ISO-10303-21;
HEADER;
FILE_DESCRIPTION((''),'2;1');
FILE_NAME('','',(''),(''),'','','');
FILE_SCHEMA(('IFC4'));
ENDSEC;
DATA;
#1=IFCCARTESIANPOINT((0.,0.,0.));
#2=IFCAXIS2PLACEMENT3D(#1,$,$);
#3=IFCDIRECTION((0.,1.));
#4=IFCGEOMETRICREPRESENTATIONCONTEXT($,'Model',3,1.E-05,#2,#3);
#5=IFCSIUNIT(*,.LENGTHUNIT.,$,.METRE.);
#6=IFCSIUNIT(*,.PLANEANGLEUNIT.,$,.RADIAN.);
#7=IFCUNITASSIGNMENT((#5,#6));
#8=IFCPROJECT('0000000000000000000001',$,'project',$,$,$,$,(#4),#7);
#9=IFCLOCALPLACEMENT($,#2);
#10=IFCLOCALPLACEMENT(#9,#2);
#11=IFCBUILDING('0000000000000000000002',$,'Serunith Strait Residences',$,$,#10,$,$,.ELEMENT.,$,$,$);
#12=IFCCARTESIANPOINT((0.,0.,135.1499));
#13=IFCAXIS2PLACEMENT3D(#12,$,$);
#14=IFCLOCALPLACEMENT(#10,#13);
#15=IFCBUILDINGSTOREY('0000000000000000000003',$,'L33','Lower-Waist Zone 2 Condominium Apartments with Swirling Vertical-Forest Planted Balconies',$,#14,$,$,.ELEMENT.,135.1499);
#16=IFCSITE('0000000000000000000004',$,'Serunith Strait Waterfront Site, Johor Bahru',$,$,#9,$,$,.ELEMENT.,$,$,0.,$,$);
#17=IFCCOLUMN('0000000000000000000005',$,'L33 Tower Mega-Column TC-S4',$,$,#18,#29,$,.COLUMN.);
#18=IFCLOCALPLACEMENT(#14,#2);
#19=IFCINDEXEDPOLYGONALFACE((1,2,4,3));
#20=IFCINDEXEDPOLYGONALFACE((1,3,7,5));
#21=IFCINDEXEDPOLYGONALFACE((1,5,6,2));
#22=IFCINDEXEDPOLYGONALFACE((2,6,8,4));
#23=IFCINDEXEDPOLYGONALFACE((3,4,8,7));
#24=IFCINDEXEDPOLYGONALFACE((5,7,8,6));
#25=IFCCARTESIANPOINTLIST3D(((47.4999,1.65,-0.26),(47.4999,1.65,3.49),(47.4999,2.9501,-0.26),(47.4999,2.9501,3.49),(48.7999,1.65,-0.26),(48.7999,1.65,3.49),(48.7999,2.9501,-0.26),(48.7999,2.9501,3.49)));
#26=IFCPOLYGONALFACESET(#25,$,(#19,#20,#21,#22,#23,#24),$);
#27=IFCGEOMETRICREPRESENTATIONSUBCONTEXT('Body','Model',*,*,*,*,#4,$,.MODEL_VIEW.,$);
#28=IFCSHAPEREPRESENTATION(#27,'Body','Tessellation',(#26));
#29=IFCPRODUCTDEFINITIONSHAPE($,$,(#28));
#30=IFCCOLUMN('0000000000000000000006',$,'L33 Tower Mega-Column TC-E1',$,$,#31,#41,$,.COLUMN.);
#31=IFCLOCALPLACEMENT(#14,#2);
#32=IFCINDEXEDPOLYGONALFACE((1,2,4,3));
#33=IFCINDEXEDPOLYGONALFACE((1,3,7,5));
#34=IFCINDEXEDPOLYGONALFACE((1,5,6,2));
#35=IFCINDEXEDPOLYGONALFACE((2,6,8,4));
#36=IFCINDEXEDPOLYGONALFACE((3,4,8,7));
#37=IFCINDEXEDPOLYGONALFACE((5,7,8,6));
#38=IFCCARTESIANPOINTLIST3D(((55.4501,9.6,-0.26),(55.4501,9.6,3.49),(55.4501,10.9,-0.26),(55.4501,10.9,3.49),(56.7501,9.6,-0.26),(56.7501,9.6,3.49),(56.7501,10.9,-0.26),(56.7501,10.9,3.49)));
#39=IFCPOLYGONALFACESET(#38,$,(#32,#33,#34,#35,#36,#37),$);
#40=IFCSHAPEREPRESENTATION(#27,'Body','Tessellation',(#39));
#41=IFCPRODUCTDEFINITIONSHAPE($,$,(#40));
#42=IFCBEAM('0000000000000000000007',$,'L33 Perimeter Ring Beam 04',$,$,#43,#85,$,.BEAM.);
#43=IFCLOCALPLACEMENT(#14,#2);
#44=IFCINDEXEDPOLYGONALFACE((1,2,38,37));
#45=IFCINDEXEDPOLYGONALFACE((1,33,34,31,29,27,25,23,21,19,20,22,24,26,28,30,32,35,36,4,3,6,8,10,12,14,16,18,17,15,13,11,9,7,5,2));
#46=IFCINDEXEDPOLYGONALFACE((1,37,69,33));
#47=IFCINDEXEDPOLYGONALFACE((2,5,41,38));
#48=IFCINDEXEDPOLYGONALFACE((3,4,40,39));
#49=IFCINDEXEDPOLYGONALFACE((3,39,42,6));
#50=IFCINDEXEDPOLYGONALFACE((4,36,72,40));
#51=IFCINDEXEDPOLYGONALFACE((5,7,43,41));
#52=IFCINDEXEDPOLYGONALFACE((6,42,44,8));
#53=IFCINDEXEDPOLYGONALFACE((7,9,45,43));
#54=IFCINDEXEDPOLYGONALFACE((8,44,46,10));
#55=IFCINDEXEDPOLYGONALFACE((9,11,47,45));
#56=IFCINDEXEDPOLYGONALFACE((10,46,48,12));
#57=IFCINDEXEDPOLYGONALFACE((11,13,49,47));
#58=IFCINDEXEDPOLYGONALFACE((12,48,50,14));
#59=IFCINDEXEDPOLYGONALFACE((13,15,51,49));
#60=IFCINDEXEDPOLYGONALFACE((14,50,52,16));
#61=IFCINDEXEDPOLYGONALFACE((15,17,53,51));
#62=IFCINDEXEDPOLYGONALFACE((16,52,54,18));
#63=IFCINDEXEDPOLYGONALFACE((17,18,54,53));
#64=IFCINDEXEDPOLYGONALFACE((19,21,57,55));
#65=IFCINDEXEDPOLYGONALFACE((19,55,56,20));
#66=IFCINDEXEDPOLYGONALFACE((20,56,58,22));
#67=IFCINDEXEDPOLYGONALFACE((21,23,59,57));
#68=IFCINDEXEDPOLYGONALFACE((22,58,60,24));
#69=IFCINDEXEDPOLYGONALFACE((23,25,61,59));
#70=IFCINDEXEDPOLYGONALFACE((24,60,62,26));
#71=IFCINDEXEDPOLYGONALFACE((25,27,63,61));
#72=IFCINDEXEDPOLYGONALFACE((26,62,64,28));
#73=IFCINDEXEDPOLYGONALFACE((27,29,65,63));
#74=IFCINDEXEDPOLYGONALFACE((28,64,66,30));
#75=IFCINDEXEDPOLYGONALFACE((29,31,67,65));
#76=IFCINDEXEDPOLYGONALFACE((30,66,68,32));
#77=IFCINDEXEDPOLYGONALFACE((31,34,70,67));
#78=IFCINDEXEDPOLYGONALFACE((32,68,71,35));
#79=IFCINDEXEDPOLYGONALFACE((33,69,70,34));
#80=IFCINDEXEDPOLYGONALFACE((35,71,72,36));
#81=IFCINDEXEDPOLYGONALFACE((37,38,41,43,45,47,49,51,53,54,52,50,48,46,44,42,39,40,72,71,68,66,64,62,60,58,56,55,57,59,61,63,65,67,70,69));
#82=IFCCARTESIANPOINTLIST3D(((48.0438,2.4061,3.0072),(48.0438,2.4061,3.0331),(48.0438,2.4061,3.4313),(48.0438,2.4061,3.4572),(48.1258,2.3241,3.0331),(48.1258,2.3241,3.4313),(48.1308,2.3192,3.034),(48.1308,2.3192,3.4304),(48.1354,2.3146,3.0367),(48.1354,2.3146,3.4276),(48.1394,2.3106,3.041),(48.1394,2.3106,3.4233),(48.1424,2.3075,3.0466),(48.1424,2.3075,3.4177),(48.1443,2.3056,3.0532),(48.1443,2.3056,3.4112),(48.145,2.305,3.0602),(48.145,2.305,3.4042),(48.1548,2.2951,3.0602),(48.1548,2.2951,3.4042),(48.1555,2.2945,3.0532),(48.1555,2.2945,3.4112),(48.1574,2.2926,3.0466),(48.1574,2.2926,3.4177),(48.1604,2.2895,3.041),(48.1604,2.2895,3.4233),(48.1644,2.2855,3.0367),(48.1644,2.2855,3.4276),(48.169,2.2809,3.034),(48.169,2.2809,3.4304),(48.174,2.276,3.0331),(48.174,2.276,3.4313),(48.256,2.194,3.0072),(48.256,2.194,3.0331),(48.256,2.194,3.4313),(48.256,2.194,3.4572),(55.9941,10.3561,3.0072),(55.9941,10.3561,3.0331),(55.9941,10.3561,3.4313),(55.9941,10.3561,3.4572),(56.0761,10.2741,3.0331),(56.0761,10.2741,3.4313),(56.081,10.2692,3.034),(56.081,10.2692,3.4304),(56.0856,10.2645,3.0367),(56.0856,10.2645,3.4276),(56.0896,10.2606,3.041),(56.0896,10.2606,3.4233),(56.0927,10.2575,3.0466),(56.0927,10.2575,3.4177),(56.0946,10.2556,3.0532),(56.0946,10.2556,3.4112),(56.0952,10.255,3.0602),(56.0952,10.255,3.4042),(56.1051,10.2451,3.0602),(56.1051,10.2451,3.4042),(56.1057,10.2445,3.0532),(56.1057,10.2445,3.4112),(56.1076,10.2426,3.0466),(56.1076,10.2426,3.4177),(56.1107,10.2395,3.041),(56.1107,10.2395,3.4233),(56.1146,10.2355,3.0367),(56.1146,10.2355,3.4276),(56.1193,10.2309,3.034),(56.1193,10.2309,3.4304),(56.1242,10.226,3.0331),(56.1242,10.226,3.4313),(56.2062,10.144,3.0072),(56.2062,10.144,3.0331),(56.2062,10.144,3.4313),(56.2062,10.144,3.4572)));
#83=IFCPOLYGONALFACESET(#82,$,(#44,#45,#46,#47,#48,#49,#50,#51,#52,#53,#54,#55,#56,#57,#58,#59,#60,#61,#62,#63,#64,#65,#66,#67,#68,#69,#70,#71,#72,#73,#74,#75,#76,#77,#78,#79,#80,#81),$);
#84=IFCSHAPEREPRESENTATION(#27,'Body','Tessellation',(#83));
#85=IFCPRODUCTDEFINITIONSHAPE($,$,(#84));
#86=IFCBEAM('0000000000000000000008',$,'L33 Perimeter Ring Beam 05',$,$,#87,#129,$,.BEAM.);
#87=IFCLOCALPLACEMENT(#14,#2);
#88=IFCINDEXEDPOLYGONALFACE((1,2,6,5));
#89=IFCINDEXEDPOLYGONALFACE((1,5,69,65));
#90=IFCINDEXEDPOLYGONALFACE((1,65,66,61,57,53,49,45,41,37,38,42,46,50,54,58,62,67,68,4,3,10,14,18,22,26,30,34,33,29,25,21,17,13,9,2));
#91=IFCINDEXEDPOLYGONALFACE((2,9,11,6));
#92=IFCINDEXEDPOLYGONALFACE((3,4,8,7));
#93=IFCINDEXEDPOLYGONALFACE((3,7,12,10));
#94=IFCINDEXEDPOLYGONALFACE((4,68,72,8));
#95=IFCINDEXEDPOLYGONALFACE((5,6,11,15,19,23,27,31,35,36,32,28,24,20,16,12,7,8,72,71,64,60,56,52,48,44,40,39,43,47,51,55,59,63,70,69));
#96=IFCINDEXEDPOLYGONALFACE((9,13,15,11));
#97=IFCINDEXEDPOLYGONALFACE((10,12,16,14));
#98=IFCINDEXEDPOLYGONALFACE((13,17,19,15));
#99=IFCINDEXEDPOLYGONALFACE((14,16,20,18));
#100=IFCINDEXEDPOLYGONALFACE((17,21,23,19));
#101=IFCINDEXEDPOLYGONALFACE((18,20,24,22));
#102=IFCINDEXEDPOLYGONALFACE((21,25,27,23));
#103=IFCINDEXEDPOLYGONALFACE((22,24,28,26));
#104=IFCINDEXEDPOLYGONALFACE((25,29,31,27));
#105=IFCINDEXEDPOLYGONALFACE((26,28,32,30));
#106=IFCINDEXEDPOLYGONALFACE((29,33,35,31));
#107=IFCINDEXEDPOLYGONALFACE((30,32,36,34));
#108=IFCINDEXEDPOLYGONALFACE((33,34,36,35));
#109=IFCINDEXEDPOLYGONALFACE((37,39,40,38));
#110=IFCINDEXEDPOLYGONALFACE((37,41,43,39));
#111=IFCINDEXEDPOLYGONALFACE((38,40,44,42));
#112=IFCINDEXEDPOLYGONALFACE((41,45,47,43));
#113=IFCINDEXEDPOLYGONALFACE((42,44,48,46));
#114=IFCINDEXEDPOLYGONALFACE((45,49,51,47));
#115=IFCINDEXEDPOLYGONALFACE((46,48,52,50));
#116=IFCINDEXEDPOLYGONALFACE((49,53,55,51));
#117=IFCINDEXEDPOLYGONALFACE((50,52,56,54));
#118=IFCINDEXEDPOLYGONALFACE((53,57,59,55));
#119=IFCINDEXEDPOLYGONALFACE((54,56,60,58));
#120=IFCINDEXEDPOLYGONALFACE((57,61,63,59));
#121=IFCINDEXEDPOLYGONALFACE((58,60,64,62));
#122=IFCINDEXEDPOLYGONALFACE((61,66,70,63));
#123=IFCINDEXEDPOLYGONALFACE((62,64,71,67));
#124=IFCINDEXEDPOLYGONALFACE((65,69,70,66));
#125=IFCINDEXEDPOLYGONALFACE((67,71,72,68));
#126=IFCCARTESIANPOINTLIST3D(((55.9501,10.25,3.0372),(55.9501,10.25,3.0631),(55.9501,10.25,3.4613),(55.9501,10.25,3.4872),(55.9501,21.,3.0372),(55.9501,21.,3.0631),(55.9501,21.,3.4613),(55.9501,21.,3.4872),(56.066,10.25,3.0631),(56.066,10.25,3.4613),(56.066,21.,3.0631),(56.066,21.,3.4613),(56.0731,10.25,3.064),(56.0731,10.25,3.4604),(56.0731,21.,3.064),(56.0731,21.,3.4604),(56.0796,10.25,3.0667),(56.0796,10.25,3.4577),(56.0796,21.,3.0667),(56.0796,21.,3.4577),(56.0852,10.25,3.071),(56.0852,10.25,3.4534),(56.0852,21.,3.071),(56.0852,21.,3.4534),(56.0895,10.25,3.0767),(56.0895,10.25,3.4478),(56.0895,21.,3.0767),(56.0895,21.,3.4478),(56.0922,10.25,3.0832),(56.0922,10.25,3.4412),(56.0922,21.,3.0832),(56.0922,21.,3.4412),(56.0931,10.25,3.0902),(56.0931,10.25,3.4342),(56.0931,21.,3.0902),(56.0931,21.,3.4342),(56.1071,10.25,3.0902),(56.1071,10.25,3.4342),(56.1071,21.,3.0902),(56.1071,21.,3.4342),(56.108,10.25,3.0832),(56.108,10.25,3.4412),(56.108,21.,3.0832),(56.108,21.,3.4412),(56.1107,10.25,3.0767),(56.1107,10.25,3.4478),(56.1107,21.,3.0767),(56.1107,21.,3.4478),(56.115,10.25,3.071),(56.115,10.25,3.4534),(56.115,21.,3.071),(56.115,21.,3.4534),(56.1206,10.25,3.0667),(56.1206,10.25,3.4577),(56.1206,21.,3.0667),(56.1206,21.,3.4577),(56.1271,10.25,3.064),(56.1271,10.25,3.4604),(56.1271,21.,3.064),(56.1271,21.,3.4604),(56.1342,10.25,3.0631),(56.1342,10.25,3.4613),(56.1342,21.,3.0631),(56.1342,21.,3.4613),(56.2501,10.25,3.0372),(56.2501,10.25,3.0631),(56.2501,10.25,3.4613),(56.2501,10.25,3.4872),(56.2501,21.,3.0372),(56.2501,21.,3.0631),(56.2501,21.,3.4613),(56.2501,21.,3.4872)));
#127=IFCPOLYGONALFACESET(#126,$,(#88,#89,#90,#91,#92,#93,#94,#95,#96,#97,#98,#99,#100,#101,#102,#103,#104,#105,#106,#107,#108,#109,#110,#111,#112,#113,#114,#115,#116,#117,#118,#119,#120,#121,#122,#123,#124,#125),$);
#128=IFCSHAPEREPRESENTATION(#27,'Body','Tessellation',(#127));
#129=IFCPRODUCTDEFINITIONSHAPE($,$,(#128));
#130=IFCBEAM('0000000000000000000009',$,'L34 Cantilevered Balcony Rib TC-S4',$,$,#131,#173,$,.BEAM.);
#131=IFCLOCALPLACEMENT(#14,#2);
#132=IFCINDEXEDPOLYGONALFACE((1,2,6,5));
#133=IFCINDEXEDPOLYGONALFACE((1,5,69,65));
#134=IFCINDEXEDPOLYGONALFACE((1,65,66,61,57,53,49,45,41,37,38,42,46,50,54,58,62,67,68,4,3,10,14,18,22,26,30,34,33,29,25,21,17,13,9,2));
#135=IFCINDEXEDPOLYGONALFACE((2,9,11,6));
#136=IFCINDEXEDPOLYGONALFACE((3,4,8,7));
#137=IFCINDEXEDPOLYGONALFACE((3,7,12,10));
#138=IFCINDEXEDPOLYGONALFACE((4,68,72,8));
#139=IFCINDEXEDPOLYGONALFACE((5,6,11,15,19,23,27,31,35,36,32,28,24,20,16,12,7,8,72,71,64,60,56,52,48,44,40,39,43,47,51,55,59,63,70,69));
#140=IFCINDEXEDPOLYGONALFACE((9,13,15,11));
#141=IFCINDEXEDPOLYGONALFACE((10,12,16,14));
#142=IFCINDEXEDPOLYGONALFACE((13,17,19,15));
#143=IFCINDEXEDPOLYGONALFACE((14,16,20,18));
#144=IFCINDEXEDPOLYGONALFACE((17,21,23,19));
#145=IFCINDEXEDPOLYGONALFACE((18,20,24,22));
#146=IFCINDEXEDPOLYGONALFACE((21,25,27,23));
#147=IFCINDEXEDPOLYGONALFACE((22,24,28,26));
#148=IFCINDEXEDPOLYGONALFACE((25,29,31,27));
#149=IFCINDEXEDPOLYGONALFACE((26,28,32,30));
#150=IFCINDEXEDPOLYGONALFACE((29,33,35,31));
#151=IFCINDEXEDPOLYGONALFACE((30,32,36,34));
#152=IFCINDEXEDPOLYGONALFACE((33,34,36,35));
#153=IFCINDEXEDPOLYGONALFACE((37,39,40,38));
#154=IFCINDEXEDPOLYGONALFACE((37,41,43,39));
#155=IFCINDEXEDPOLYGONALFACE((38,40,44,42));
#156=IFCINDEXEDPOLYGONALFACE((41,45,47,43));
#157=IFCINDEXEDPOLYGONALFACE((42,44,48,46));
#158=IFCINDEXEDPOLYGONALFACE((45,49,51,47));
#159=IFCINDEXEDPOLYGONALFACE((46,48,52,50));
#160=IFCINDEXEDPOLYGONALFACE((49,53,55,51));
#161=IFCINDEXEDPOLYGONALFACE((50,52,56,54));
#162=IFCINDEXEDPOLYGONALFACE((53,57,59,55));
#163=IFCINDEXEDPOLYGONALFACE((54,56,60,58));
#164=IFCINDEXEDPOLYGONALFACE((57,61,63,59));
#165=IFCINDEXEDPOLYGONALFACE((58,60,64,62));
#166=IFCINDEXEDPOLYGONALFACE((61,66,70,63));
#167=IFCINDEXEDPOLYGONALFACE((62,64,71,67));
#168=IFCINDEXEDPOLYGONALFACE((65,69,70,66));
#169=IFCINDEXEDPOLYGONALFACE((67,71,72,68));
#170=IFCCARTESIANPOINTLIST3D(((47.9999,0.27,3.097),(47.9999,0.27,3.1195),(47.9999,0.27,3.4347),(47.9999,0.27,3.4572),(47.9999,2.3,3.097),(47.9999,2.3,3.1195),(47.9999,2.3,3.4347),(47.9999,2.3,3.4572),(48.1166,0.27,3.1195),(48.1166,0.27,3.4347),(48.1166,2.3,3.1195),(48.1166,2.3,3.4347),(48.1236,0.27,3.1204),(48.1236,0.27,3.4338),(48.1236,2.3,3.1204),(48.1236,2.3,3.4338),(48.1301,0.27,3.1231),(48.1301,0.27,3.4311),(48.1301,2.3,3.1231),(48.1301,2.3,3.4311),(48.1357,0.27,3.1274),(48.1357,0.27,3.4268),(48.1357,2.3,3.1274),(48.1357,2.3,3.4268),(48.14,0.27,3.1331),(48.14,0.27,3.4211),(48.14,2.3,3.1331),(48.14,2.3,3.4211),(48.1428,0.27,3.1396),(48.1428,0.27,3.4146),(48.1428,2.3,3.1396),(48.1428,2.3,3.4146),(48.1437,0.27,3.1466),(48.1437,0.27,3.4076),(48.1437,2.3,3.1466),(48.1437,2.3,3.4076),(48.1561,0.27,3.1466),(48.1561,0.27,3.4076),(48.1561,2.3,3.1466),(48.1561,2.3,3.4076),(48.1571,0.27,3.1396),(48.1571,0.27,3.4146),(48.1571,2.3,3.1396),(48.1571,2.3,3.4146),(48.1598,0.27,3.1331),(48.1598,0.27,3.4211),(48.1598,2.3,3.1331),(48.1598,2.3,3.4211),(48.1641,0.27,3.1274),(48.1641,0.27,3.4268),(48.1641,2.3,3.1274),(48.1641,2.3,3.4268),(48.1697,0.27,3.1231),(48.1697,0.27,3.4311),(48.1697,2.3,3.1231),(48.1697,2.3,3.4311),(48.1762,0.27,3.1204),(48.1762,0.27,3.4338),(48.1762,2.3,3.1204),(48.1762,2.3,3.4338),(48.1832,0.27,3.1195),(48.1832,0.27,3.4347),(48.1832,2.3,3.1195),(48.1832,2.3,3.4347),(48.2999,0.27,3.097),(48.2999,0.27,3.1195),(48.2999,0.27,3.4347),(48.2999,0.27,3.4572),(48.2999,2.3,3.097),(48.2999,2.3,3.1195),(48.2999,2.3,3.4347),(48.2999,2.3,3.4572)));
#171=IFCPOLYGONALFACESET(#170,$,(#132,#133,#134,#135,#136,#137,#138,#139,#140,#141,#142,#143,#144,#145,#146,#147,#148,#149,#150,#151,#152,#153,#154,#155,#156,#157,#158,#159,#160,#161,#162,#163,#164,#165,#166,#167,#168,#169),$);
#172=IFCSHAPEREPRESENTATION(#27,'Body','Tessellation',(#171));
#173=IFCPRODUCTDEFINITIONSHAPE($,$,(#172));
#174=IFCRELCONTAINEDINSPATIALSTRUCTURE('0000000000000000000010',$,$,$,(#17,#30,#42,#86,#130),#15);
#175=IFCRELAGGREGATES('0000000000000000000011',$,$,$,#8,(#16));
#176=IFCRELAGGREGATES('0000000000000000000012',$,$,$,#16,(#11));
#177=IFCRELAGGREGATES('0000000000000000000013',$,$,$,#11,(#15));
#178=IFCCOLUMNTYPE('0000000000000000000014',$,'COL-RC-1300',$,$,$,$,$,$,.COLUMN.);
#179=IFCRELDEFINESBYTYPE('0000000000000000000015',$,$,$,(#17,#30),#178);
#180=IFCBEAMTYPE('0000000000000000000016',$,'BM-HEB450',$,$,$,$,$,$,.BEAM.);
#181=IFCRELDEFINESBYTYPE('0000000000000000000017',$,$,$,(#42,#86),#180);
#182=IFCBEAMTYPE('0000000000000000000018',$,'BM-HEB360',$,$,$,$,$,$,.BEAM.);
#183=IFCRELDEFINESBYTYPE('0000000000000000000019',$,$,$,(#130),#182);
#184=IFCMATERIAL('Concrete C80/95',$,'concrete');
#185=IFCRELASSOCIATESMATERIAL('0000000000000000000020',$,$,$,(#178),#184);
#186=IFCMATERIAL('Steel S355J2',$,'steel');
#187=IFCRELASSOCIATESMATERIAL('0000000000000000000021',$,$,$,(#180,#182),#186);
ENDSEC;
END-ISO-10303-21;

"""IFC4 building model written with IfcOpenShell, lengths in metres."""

from ifc_helpers import new_model, si_unit, direction, frame, origin, origin_2d, place, context, subcontext, project, spatial, rectangle, i_section, extrude, source, transform, mapped, material, material_profile, profile_set, type_object, element, save


model = new_model("IFC4")

# Units and contexts
model_context = context("Model", 3, precision=1e-05, world=origin(), true_north=direction((0.0, 1.0)))
body_context = subcontext(model_context, "Body", "Model", "MODEL_VIEW")
ifc_project = project(units=[si_unit("LENGTHUNIT", "METRE"), si_unit("PLANEANGLEUNIT", "RADIAN")], contexts=[model_context])

# Site, building, storey
site_placement = place(None, origin())
site = spatial("IfcSite", under=ifc_project, at=site_placement, Name="Serunith Strait Waterfront Site, Johor Bahru", CompositionType="ELEMENT", RefElevation=0.0)
building_placement = place(site_placement, origin())
building = spatial("IfcBuilding", under=site, at=building_placement, Name="Serunith Strait Residences", CompositionType="ELEMENT")
storey_placement = place(building_placement, frame((0.0, 0.0, 135.1499)))
storey = spatial("IfcBuildingStorey", under=building, at=storey_placement, Name="L33", Description="Lower-Waist Zone 2 Condominium Apartments with Swirling Vertical-Forest Planted Balconies", CompositionType="ELEMENT", Elevation=135.1499)

# Columns
ifc_material_1 = material(Name="Concrete C80/95", Category="concrete")
ifc_material_profile_1 = material_profile(ifc_material_1, rectangle(XDim=1.3, YDim=1.3, at=origin_2d()), Name="RC 1300x1300")
ifc_profile_set_1 = profile_set([ifc_material_profile_1], Name="Concrete C80/95")
column_type = type_object("IfcColumnType", Name="COL-RC-1300", PredefinedType="COLUMN", material=ifc_profile_set_1)
shared_shape_1 = source(origin(), body_context, "Body", "SweptSolid", [
    extrude(rectangle(XDim=1.3, YDim=1.3, at=origin_2d()), origin(), (0.0, 0.0, 1.0), 3.75),
])
for number, where, z_axis, x_axis, name in (
    (1, (48.1499, 2.3, -0.26), (0.0, 0.0, 1.0), (1.0, 0.0, 0.0), "L33 Tower Mega-Column TC-S4"),
    (2, (56.1001, 10.25, -0.26), (0.0, 0.0, 1.0), (1.0, 0.0, 0.0), "L33 Tower Mega-Column TC-E1"),
):
    element("IfcColumn", number, at=place(storey_placement, frame(where, z_axis=z_axis, x_axis=x_axis)), inside=storey, type_object=column_type, Name=name, PredefinedType="COLUMN", context=body_context, shape_type="MappedRepresentation", body=[
        mapped(shared_shape_1, transform((0.0, 0.0, 0.0), scale=1.0)),
    ])

# Beams
ifc_material_2 = material(Name="Steel S355J2", Category="steel")
ifc_material_profile_2 = material_profile(ifc_material_2, i_section(OverallWidth=0.3, OverallDepth=0.45, WebThickness=0.0139, FlangeThickness=0.0259, FilletRadius=0.0271, at=origin_2d()), Name="HEB 450")
ifc_profile_set_2 = profile_set([ifc_material_profile_2], Name="Steel S355J2")
beam_type_1 = type_object("IfcBeamType", Name="BM-HEB450", PredefinedType="BEAM", material=ifc_profile_set_2)
shared_shape_2 = source(origin(), body_context, "Body", "SweptSolid", [
    extrude(i_section(OverallWidth=0.3, OverallDepth=0.45, WebThickness=0.0139, FlangeThickness=0.0259, FilletRadius=0.0271, at=origin_2d()), origin(), (0.0, 0.0, 1.0), 11.2432),
])
beam_1_placement = place(storey_placement, frame((48.1499, 2.3, 3.2322), z_axis=(0.707118, 0.707096, 0.0), x_axis=(-0.707096, 0.707118, 0.0)))
element("IfcBeam", 3, at=beam_1_placement, inside=storey, type_object=beam_type_1, Name="L33 Perimeter Ring Beam 04", PredefinedType="BEAM", context=body_context, shape_type="MappedRepresentation", body=[
    mapped(shared_shape_2, transform((0.0, 0.0, 0.0), scale=1.0)),
])
shared_shape_3 = source(origin(), body_context, "Body", "SweptSolid", [
    extrude(i_section(OverallWidth=0.3, OverallDepth=0.45, WebThickness=0.0139, FlangeThickness=0.0259, FilletRadius=0.0271, at=origin_2d()), origin(), (0.0, 0.0, 1.0), 10.75),
])
beam_2_placement = place(storey_placement, frame((56.1001, 10.25, 3.2622), z_axis=(0.0, 1.0, 0.0), x_axis=(-1.0, 0.0, 0.0)))
element("IfcBeam", 4, at=beam_2_placement, inside=storey, type_object=beam_type_1, Name="L33 Perimeter Ring Beam 05", PredefinedType="BEAM", context=body_context, shape_type="MappedRepresentation", body=[
    mapped(shared_shape_3, transform((0.0, 0.0, 0.0), scale=1.0)),
])
ifc_material_profile_3 = material_profile(ifc_material_2, i_section(OverallWidth=0.3, OverallDepth=0.3601, WebThickness=0.0125, FlangeThickness=0.0225, FilletRadius=0.0271, at=origin_2d()), Name="HEB 360")
ifc_profile_set_3 = profile_set([ifc_material_profile_3], Name="Steel S355J2")
beam_type_2 = type_object("IfcBeamType", Name="BM-HEB360", PredefinedType="BEAM", material=ifc_profile_set_3)
shared_shape_4 = source(origin(), body_context, "Body", "SweptSolid", [
    extrude(i_section(OverallWidth=0.3, OverallDepth=0.3601, WebThickness=0.0125, FlangeThickness=0.0225, FilletRadius=0.0271, at=origin_2d()), origin(), (0.0, 0.0, 1.0), 2.03),
])
beam_3_placement = place(storey_placement, frame((48.1499, 2.3, 3.2771), z_axis=(0.0, -1.0, 0.0), x_axis=(1.0, 0.0, 0.0)))
element("IfcBeam", 5, at=beam_3_placement, inside=storey, type_object=beam_type_2, Name="L34 Cantilevered Balcony Rib TC-S4", PredefinedType="BEAM", context=body_context, shape_type="MappedRepresentation", body=[
    mapped(shared_shape_4, transform((0.0, 0.0, 0.0), scale=1.0)),
])

save(model, "model.ifc")
